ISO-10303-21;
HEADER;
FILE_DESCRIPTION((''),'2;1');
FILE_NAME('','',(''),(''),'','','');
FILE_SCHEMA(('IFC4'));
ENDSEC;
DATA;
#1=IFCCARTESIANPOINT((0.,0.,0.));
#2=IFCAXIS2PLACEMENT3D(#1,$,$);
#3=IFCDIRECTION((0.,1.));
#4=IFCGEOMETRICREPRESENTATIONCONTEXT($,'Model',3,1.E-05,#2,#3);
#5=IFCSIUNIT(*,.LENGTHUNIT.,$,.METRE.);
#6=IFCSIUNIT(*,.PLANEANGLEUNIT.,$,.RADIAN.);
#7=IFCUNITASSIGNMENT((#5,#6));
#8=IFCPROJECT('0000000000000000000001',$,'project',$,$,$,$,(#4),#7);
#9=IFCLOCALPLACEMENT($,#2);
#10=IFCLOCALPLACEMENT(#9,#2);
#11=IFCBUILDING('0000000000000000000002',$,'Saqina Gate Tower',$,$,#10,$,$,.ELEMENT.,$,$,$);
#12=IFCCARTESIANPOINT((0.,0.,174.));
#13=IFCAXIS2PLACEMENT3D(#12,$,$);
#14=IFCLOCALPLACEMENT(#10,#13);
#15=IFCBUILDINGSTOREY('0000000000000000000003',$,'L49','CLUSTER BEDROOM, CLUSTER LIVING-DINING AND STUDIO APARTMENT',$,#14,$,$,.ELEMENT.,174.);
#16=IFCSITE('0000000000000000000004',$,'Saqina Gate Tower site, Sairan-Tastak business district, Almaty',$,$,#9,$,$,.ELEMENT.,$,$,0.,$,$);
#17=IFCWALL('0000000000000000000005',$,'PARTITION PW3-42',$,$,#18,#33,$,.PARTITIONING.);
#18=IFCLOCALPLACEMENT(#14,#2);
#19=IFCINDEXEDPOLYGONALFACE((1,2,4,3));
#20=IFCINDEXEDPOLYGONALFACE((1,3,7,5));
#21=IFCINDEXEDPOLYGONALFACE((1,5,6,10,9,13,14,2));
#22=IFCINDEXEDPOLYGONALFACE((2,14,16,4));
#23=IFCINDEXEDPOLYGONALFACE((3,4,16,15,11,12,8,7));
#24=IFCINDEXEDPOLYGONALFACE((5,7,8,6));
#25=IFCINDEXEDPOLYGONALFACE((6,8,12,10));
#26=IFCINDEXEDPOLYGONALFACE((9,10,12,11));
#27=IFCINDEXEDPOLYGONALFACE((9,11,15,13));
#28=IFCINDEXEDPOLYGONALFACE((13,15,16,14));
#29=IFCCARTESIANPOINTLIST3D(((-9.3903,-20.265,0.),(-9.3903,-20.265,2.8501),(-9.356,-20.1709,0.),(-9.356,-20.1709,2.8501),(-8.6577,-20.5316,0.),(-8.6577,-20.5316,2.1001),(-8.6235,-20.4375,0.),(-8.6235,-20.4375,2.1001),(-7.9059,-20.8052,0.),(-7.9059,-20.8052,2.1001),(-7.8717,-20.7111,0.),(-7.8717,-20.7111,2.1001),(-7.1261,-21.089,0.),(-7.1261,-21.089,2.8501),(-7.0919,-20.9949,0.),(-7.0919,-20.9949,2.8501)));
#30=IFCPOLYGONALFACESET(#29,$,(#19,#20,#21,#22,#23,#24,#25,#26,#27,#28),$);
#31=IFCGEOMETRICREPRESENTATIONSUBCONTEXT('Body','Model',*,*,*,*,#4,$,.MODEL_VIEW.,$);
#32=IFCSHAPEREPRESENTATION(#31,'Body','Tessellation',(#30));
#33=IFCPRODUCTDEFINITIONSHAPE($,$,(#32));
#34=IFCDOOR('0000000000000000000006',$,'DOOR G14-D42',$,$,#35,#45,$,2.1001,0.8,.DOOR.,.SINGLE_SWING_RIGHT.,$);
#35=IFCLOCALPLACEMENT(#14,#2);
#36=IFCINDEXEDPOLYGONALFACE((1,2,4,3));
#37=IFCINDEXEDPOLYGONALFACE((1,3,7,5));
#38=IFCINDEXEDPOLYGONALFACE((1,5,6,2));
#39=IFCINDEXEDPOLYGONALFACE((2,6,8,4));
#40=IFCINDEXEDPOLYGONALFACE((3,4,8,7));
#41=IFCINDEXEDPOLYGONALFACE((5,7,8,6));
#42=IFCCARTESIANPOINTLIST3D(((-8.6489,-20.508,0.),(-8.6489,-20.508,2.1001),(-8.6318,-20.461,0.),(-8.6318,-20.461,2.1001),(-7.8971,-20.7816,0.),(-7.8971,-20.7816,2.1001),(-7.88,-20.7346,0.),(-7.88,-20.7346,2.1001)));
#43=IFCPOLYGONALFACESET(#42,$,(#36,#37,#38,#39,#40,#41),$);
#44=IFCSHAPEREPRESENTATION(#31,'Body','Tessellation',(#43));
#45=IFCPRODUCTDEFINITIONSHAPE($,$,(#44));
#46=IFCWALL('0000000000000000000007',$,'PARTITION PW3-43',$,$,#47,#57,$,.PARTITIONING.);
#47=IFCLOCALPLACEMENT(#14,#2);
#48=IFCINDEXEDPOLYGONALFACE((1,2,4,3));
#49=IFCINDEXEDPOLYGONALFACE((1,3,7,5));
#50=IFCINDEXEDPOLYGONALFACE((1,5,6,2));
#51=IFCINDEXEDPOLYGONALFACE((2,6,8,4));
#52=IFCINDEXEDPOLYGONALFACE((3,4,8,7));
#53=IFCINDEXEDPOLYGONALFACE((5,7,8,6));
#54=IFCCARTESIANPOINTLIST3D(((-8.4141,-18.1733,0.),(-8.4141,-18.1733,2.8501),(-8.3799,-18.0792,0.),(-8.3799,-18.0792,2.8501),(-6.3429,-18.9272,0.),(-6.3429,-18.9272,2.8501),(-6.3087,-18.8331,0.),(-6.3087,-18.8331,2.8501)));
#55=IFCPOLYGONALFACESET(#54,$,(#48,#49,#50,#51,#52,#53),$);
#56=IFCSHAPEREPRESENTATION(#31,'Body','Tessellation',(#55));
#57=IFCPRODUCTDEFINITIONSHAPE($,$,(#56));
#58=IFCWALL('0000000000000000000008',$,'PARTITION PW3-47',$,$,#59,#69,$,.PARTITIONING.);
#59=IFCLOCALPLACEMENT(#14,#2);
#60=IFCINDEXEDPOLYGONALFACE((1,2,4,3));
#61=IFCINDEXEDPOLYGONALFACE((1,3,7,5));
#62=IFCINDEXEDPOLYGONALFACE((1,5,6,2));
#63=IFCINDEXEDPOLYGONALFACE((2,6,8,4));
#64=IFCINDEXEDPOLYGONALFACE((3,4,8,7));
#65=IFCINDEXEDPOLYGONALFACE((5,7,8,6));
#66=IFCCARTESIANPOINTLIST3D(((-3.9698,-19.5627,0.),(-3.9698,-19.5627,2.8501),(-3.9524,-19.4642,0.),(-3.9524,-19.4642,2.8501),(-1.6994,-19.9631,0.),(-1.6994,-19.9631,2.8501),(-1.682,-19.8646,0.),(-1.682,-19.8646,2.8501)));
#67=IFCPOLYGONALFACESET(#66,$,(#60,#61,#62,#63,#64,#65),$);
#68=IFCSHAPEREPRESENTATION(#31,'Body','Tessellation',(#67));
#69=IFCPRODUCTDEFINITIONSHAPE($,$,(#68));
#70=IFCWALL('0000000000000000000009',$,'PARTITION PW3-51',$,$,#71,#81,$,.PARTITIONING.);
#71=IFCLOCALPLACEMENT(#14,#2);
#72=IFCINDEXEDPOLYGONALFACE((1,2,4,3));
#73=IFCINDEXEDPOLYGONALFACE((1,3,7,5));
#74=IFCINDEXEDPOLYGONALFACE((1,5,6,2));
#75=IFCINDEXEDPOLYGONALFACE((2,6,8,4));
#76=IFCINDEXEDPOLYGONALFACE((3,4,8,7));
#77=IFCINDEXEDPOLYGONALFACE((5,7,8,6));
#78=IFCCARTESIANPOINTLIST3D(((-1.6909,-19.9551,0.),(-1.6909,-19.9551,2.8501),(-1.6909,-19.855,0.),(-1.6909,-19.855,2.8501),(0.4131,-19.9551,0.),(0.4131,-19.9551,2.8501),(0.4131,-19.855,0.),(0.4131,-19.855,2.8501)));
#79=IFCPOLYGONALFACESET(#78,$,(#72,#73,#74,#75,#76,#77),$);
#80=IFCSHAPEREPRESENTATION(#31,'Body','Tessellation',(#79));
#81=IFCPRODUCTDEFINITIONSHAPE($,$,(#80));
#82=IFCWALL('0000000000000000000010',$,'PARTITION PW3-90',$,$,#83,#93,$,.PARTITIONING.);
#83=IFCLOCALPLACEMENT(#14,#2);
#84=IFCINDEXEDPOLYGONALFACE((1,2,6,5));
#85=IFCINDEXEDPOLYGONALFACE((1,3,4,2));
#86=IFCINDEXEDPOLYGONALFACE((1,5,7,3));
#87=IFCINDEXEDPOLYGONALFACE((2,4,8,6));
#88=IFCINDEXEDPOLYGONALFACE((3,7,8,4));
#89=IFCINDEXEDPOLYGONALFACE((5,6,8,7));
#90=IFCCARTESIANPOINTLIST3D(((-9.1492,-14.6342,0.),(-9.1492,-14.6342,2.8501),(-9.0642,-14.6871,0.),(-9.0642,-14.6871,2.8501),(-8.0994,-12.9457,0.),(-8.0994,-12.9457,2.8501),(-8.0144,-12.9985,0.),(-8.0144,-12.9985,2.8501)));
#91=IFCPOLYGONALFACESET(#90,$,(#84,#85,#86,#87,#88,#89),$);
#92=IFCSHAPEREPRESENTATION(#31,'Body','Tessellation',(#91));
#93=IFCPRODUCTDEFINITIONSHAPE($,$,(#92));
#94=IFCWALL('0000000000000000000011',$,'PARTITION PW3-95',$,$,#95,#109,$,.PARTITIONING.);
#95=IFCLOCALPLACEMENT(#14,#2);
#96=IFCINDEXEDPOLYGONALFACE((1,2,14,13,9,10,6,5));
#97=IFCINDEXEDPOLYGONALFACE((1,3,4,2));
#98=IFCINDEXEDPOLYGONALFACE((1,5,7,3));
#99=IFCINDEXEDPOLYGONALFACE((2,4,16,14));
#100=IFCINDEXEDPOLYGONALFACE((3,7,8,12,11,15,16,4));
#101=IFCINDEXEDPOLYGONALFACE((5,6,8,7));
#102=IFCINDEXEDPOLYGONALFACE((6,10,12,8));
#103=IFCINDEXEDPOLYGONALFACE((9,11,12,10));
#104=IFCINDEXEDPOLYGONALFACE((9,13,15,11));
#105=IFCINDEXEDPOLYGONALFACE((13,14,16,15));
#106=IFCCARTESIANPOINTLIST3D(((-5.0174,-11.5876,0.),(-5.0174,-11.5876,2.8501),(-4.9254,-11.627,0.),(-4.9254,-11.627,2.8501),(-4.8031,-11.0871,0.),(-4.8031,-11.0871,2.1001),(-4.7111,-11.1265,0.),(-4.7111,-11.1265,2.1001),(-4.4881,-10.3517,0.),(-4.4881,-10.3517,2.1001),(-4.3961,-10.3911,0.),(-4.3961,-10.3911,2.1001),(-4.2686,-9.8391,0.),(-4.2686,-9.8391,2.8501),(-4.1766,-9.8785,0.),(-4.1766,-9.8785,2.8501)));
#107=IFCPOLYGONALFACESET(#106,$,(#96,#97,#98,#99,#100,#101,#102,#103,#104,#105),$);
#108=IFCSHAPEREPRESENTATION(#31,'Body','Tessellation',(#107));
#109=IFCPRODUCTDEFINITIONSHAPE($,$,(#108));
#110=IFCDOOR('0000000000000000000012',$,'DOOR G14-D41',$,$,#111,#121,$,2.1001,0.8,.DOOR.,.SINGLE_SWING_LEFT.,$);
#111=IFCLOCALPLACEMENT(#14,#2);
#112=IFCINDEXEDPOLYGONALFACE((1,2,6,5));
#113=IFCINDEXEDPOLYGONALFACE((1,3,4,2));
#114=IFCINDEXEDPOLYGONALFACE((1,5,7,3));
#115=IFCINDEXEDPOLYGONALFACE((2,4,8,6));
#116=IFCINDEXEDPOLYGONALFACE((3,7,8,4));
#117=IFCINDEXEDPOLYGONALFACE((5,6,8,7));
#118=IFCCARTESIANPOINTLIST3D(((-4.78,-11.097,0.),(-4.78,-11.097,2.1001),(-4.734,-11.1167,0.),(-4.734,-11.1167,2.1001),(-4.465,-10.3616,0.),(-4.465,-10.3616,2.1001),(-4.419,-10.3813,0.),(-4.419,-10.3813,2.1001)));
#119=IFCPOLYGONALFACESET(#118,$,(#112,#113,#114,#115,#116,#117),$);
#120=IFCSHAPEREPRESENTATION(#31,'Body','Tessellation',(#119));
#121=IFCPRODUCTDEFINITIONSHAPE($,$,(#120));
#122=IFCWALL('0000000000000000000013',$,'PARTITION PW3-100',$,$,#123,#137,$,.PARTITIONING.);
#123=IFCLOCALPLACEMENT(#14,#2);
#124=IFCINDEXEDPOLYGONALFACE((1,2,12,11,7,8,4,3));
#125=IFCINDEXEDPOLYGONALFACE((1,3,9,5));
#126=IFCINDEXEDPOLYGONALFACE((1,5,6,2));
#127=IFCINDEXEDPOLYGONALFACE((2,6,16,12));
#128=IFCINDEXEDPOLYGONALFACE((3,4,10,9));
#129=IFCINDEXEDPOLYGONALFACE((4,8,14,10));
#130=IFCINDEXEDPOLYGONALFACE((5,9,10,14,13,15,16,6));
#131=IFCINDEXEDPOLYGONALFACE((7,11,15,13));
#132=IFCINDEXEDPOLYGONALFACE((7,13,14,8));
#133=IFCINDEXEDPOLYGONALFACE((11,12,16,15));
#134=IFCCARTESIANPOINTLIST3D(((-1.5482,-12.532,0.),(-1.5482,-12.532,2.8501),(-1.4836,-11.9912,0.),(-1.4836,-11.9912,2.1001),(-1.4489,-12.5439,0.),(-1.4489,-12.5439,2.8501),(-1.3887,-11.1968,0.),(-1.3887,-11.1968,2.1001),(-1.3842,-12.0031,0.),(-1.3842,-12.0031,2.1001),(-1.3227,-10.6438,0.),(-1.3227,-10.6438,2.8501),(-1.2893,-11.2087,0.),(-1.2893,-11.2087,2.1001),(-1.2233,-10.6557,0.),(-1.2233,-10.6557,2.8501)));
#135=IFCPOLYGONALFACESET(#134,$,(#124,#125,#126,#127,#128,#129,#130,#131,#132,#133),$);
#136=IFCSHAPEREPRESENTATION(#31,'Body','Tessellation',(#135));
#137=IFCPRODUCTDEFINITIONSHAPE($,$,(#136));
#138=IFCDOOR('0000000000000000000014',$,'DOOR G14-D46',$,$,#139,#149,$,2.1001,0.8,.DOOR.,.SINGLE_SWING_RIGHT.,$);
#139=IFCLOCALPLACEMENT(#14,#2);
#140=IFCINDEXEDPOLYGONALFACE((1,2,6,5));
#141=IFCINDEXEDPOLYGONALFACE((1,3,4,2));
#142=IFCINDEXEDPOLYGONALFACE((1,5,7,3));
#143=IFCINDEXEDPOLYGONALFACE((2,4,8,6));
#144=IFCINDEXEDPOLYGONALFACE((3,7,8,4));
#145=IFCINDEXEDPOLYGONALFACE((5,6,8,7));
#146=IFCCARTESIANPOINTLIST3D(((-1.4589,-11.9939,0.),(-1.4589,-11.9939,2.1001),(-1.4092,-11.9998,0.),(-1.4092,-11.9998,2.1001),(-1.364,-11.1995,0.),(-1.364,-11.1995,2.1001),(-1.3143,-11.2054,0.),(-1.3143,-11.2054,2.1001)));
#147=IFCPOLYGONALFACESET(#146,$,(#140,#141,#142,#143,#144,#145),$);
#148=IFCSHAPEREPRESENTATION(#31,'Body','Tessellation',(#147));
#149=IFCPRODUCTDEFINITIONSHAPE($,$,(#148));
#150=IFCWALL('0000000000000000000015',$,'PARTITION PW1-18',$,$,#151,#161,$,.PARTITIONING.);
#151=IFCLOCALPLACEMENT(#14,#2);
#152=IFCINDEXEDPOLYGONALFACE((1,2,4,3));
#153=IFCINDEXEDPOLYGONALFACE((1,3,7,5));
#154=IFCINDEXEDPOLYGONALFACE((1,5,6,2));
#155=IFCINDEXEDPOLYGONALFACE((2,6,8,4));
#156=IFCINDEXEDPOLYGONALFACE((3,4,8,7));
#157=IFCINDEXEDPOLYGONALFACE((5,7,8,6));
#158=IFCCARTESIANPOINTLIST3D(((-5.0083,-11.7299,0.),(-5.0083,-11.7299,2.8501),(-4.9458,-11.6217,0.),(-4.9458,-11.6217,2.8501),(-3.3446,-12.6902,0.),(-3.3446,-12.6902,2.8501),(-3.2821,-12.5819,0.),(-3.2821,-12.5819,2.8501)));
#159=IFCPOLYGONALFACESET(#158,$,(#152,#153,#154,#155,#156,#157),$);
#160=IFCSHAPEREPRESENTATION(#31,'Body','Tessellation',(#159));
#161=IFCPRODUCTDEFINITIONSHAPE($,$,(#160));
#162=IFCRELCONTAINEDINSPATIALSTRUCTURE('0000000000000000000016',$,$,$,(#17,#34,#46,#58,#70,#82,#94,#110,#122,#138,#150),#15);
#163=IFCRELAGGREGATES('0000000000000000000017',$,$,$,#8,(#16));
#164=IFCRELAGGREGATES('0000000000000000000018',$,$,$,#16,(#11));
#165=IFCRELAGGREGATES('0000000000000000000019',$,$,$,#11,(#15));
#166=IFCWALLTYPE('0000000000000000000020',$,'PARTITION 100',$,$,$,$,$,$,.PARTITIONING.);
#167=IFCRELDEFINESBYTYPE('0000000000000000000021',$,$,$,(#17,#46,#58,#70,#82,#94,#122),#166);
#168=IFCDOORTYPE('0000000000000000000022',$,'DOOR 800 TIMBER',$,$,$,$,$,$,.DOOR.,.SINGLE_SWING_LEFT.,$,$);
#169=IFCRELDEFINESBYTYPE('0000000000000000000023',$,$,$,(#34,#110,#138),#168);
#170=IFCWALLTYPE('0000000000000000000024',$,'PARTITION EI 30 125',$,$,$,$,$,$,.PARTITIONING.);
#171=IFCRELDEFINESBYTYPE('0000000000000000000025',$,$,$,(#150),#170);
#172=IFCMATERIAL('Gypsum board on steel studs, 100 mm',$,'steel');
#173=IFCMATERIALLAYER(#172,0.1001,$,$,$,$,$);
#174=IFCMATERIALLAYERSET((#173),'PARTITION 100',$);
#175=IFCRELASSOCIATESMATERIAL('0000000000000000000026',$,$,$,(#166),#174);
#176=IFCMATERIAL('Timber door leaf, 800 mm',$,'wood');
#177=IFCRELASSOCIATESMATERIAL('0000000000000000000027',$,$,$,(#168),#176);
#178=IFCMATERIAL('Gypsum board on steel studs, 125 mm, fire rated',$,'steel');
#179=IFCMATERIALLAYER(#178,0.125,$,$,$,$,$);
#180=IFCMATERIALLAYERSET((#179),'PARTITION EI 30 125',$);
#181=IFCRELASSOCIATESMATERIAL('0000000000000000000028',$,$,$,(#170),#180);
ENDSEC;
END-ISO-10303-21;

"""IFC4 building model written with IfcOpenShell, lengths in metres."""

from ifc_helpers import new_model, si_unit, direction, frame, frame_2d, origin, place, context, subcontext, project, spatial, rectangle, extrude, material, layer, layer_set, type_object, element, fill, save


model = new_model("IFC4")

# Units and contexts
model_context = context("Model", 3, precision=1e-05, world=origin(), true_north=direction((0.0, 1.0)))
body_context = subcontext(model_context, "Body", "Model", "MODEL_VIEW")
ifc_project = project(units=[si_unit("LENGTHUNIT", "METRE"), si_unit("PLANEANGLEUNIT", "RADIAN")], contexts=[model_context])

# Site, building, storey
site_placement = place(None, origin())
site = spatial("IfcSite", under=ifc_project, at=site_placement, Name="Saqina Gate Tower site, Sairan-Tastak business district, Almaty", CompositionType="ELEMENT", RefElevation=0.0)
building_placement = place(site_placement, origin())
building = spatial("IfcBuilding", under=site, at=building_placement, Name="Saqina Gate Tower", CompositionType="ELEMENT")
storey_placement = place(building_placement, frame((0.0, 0.0, 174.0)))
storey = spatial("IfcBuildingStorey", under=building, at=storey_placement, Name="L49", Description="CLUSTER BEDROOM, CLUSTER LIVING-DINING AND STUDIO APARTMENT", CompositionType="ELEMENT", Elevation=174.0)

# Wall, opening, door
ifc_material_1 = material(Name="Gypsum board on steel studs, 100 mm", Category="steel")
ifc_layer_1 = layer(ifc_material_1, 0.1001)
ifc_layer_set_1 = layer_set([ifc_layer_1], Name="PARTITION 100")
wall_type_1 = type_object("IfcWallType", Name="PARTITION 100", PredefinedType="PARTITIONING", material=ifc_layer_set_1)
wall_1_placement = place(storey_placement, frame((-9.373, -20.218, 0.0), z_axis=(0.0, 0.0, 1.0), x_axis=(0.939708, -0.341979, 0.0)))
wall_1 = element("IfcWall", 1, at=wall_1_placement, inside=storey, type_object=wall_type_1, Name="PARTITION PW3-42", PredefinedType="PARTITIONING", context=body_context, shape_type="SweptSolid", body=[
    extrude(rectangle(XDim=2.4094, YDim=0.1001, at=frame_2d((1.2046, 0.0))), origin(), (0.0, 0.0, 1.0), 2.8501),
])
opening_1_placement = place(wall_1_placement, frame((0.7795, 0.0, 0.0)))
opening_1 = element("IfcOpeningElement", 2, at=opening_1_placement, cuts=wall_1, PredefinedType="OPENING", context=body_context, shape_type="SweptSolid", body=[
    extrude(rectangle(XDim=0.8, YDim=2.1001, at=frame_2d((0.3999, 1.05))), frame((0.0, 0.062, 0.0), z_axis=(0.0, -1.0, 0.0), x_axis=(1.0, 0.0, 0.0)), (0.0, 0.0, 1.0), 0.124),
])
ifc_material_2 = material(Name="Timber door leaf, 800 mm", Category="wood")
door_type_1 = type_object("IfcDoorType", Name="DOOR 800 TIMBER", OperationType="SINGLE_SWING_LEFT", PredefinedType="DOOR", material=ifc_material_2)
door_1_placement = place(opening_1_placement, frame((0.8, 0.0, 0.0), z_axis=(0.0, 0.0, 1.0), x_axis=(-1.0, 0.0, 0.0)))
door_1 = element("IfcDoor", 3, at=door_1_placement, inside=storey, type_object=door_type_1, Name="DOOR G14-D42", OperationType="SINGLE_SWING_RIGHT", OverallHeight=2.1001, OverallWidth=0.8, PredefinedType="DOOR", context=body_context, shape_type="SweptSolid", body=[
    extrude(rectangle(XDim=0.8, YDim=2.1001, at=frame_2d((0.3999, 1.05))), frame((0.0, 0.0249, 0.0), z_axis=(0.0, -1.0, 0.0), x_axis=(1.0, 0.0, 0.0)), (0.0, 0.0, 1.0), 0.05),
])
fill(opening_1, door_1)

# Walls
wall_2_placement = place(storey_placement, frame((-8.397, -18.1262, 0.0), z_axis=(0.0, 0.0, 1.0), x_axis=(0.939677, -0.342063, 0.0)))
element("IfcWall", 4, at=wall_2_placement, inside=storey, type_object=wall_type_1, Name="PARTITION PW3-43", PredefinedType="PARTITIONING", context=body_context, shape_type="SweptSolid", body=[
    extrude(rectangle(XDim=2.2041, YDim=0.1001, at=frame_2d((1.1021, 0.0))), origin(), (0.0, 0.0, 1.0), 2.8501),
])
wall_3_placement = place(storey_placement, frame((-3.9612, -19.5134, 0.0), z_axis=(0.0, 0.0, 1.0), x_axis=(0.984802, -0.173683, 0.0)))
element("IfcWall", 5, at=wall_3_placement, inside=storey, type_object=wall_type_1, Name="PARTITION PW3-47", PredefinedType="PARTITIONING", context=body_context, shape_type="SweptSolid", body=[
    extrude(rectangle(XDim=2.3054, YDim=0.1001, at=frame_2d((1.1528, 0.0))), origin(), (0.0, 0.0, 1.0), 2.8501),
])
wall_4_placement = place(storey_placement, frame((-1.6909, -19.905, 0.0), z_axis=(0.0, 0.0, 1.0), x_axis=(1.0, 0.0, 0.0)))
element("IfcWall", 6, at=wall_4_placement, inside=storey, type_object=wall_type_1, Name="PARTITION PW3-51", PredefinedType="PARTITIONING", context=body_context, shape_type="SweptSolid", body=[
    extrude(rectangle(XDim=2.104, YDim=0.1001, at=frame_2d((1.052, 0.0))), origin(), (0.0, 0.0, 1.0), 2.8501),
])
wall_5_placement = place(storey_placement, frame((-9.1067, -14.6606, 0.0), z_axis=(0.0, 0.0, 1.0), x_axis=(0.528011, 0.849238, 0.0)))
element("IfcWall", 7, at=wall_5_placement, inside=storey, type_object=wall_type_1, Name="PARTITION PW3-90", PredefinedType="PARTITIONING", context=body_context, shape_type="SweptSolid", body=[
    extrude(rectangle(XDim=1.9883, YDim=0.1001, at=frame_2d((0.9941, 0.0))), origin(), (0.0, 0.0, 1.0), 2.8501),
])

# Walls, openings, doors
wall_6_placement = place(storey_placement, frame((-4.9714, -11.6074, 0.0), z_axis=(0.0, 0.0, 1.0), x_axis=(0.393656, 0.919258, 0.0)))
wall_6 = element("IfcWall", 8, at=wall_6_placement, inside=storey, type_object=wall_type_1, Name="PARTITION PW3-95", PredefinedType="PARTITIONING", context=body_context, shape_type="SweptSolid", body=[
    extrude(rectangle(XDim=1.9021, YDim=0.1001, at=frame_2d((0.9512, 0.0))), origin(), (0.0, 0.0, 1.0), 2.8501),
])
opening_2_placement = place(wall_6_placement, frame((0.5447, 0.0, 0.0)))
opening_2 = element("IfcOpeningElement", 9, at=opening_2_placement, cuts=wall_6, PredefinedType="OPENING", context=body_context, shape_type="SweptSolid", body=[
    extrude(rectangle(XDim=0.8, YDim=2.1001, at=frame_2d((0.3999, 1.05))), frame((0.0, 0.062, 0.0), z_axis=(0.0, -1.0, 0.0), x_axis=(1.0, 0.0, 0.0)), (0.0, 0.0, 1.0), 0.124),
])
door_2_placement = place(opening_2_placement, origin())
door_2 = element("IfcDoor", 10, at=door_2_placement, inside=storey, type_object=door_type_1, Name="DOOR G14-D41", OperationType="SINGLE_SWING_LEFT", OverallHeight=2.1001, OverallWidth=0.8, PredefinedType="DOOR", context=body_context, shape_type="SweptSolid", body=[
    extrude(rectangle(XDim=0.8, YDim=2.1001, at=frame_2d((0.3999, 1.05))), frame((0.0, 0.0249, 0.0), z_axis=(0.0, -1.0, 0.0), x_axis=(1.0, 0.0, 0.0)), (0.0, 0.0, 1.0), 0.05),
])
fill(opening_2, door_2)
wall_7_placement = place(storey_placement, frame((-1.4985, -12.5378, 0.0), z_axis=(0.0, 0.0, 1.0), x_axis=(0.118629, 0.992939, 0.0)))
wall_7 = element("IfcWall", 11, at=wall_7_placement, inside=storey, type_object=wall_type_1, Name="PARTITION PW3-100", PredefinedType="PARTITIONING", context=body_context, shape_type="SweptSolid", body=[
    extrude(rectangle(XDim=1.9016, YDim=0.1001, at=frame_2d((0.9507, 0.0))), origin(), (0.0, 0.0, 1.0), 2.8501),
])
opening_3_placement = place(wall_7_placement, frame((0.5447, 0.0, 0.0)))
opening_3 = element("IfcOpeningElement", 12, at=opening_3_placement, cuts=wall_7, PredefinedType="OPENING", context=body_context, shape_type="SweptSolid", body=[
    extrude(rectangle(XDim=0.8, YDim=2.1001, at=frame_2d((0.3999, 1.05))), frame((0.0, 0.062, 0.0), z_axis=(0.0, -1.0, 0.0), x_axis=(1.0, 0.0, 0.0)), (0.0, 0.0, 1.0), 0.124),
])
door_3_placement = place(opening_3_placement, frame((0.8, 0.0, 0.0), z_axis=(0.0, 0.0, 1.0), x_axis=(-1.0, 0.0, 0.0)))
door_3 = element("IfcDoor", 13, at=door_3_placement, inside=storey, type_object=door_type_1, Name="DOOR G14-D46", OperationType="SINGLE_SWING_RIGHT", OverallHeight=2.1001, OverallWidth=0.8, PredefinedType="DOOR", context=body_context, shape_type="SweptSolid", body=[
    extrude(rectangle(XDim=0.8, YDim=2.1001, at=frame_2d((0.3999, 1.05))), frame((0.0, 0.0249, 0.0), z_axis=(0.0, -1.0, 0.0), x_axis=(1.0, 0.0, 0.0)), (0.0, 0.0, 1.0), 0.05),
])
fill(opening_3, door_3)

# Wall
ifc_material_3 = material(Name="Gypsum board on steel studs, 125 mm, fire rated", Category="steel")
ifc_layer_2 = layer(ifc_material_3, 0.125)
ifc_layer_set_2 = layer_set([ifc_layer_2], Name="PARTITION EI 30 125")
wall_type_2 = type_object("IfcWallType", Name="PARTITION EI 30 125", PredefinedType="PARTITIONING", material=ifc_layer_set_2)
wall_8_placement = place(storey_placement, frame((-4.9771, -11.6758, 0.0), z_axis=(0.0, 0.0, 1.0), x_axis=(0.866084, -0.499898, 0.0)))
element("IfcWall", 14, at=wall_8_placement, inside=storey, type_object=wall_type_2, Name="PARTITION PW1-18", PredefinedType="PARTITIONING", context=body_context, shape_type="SweptSolid", body=[
    extrude(rectangle(XDim=1.9209, YDim=0.125, at=frame_2d((0.9604, 0.0))), origin(), (0.0, 0.0, 1.0), 2.8501),
])

save(model, "model.ifc")
